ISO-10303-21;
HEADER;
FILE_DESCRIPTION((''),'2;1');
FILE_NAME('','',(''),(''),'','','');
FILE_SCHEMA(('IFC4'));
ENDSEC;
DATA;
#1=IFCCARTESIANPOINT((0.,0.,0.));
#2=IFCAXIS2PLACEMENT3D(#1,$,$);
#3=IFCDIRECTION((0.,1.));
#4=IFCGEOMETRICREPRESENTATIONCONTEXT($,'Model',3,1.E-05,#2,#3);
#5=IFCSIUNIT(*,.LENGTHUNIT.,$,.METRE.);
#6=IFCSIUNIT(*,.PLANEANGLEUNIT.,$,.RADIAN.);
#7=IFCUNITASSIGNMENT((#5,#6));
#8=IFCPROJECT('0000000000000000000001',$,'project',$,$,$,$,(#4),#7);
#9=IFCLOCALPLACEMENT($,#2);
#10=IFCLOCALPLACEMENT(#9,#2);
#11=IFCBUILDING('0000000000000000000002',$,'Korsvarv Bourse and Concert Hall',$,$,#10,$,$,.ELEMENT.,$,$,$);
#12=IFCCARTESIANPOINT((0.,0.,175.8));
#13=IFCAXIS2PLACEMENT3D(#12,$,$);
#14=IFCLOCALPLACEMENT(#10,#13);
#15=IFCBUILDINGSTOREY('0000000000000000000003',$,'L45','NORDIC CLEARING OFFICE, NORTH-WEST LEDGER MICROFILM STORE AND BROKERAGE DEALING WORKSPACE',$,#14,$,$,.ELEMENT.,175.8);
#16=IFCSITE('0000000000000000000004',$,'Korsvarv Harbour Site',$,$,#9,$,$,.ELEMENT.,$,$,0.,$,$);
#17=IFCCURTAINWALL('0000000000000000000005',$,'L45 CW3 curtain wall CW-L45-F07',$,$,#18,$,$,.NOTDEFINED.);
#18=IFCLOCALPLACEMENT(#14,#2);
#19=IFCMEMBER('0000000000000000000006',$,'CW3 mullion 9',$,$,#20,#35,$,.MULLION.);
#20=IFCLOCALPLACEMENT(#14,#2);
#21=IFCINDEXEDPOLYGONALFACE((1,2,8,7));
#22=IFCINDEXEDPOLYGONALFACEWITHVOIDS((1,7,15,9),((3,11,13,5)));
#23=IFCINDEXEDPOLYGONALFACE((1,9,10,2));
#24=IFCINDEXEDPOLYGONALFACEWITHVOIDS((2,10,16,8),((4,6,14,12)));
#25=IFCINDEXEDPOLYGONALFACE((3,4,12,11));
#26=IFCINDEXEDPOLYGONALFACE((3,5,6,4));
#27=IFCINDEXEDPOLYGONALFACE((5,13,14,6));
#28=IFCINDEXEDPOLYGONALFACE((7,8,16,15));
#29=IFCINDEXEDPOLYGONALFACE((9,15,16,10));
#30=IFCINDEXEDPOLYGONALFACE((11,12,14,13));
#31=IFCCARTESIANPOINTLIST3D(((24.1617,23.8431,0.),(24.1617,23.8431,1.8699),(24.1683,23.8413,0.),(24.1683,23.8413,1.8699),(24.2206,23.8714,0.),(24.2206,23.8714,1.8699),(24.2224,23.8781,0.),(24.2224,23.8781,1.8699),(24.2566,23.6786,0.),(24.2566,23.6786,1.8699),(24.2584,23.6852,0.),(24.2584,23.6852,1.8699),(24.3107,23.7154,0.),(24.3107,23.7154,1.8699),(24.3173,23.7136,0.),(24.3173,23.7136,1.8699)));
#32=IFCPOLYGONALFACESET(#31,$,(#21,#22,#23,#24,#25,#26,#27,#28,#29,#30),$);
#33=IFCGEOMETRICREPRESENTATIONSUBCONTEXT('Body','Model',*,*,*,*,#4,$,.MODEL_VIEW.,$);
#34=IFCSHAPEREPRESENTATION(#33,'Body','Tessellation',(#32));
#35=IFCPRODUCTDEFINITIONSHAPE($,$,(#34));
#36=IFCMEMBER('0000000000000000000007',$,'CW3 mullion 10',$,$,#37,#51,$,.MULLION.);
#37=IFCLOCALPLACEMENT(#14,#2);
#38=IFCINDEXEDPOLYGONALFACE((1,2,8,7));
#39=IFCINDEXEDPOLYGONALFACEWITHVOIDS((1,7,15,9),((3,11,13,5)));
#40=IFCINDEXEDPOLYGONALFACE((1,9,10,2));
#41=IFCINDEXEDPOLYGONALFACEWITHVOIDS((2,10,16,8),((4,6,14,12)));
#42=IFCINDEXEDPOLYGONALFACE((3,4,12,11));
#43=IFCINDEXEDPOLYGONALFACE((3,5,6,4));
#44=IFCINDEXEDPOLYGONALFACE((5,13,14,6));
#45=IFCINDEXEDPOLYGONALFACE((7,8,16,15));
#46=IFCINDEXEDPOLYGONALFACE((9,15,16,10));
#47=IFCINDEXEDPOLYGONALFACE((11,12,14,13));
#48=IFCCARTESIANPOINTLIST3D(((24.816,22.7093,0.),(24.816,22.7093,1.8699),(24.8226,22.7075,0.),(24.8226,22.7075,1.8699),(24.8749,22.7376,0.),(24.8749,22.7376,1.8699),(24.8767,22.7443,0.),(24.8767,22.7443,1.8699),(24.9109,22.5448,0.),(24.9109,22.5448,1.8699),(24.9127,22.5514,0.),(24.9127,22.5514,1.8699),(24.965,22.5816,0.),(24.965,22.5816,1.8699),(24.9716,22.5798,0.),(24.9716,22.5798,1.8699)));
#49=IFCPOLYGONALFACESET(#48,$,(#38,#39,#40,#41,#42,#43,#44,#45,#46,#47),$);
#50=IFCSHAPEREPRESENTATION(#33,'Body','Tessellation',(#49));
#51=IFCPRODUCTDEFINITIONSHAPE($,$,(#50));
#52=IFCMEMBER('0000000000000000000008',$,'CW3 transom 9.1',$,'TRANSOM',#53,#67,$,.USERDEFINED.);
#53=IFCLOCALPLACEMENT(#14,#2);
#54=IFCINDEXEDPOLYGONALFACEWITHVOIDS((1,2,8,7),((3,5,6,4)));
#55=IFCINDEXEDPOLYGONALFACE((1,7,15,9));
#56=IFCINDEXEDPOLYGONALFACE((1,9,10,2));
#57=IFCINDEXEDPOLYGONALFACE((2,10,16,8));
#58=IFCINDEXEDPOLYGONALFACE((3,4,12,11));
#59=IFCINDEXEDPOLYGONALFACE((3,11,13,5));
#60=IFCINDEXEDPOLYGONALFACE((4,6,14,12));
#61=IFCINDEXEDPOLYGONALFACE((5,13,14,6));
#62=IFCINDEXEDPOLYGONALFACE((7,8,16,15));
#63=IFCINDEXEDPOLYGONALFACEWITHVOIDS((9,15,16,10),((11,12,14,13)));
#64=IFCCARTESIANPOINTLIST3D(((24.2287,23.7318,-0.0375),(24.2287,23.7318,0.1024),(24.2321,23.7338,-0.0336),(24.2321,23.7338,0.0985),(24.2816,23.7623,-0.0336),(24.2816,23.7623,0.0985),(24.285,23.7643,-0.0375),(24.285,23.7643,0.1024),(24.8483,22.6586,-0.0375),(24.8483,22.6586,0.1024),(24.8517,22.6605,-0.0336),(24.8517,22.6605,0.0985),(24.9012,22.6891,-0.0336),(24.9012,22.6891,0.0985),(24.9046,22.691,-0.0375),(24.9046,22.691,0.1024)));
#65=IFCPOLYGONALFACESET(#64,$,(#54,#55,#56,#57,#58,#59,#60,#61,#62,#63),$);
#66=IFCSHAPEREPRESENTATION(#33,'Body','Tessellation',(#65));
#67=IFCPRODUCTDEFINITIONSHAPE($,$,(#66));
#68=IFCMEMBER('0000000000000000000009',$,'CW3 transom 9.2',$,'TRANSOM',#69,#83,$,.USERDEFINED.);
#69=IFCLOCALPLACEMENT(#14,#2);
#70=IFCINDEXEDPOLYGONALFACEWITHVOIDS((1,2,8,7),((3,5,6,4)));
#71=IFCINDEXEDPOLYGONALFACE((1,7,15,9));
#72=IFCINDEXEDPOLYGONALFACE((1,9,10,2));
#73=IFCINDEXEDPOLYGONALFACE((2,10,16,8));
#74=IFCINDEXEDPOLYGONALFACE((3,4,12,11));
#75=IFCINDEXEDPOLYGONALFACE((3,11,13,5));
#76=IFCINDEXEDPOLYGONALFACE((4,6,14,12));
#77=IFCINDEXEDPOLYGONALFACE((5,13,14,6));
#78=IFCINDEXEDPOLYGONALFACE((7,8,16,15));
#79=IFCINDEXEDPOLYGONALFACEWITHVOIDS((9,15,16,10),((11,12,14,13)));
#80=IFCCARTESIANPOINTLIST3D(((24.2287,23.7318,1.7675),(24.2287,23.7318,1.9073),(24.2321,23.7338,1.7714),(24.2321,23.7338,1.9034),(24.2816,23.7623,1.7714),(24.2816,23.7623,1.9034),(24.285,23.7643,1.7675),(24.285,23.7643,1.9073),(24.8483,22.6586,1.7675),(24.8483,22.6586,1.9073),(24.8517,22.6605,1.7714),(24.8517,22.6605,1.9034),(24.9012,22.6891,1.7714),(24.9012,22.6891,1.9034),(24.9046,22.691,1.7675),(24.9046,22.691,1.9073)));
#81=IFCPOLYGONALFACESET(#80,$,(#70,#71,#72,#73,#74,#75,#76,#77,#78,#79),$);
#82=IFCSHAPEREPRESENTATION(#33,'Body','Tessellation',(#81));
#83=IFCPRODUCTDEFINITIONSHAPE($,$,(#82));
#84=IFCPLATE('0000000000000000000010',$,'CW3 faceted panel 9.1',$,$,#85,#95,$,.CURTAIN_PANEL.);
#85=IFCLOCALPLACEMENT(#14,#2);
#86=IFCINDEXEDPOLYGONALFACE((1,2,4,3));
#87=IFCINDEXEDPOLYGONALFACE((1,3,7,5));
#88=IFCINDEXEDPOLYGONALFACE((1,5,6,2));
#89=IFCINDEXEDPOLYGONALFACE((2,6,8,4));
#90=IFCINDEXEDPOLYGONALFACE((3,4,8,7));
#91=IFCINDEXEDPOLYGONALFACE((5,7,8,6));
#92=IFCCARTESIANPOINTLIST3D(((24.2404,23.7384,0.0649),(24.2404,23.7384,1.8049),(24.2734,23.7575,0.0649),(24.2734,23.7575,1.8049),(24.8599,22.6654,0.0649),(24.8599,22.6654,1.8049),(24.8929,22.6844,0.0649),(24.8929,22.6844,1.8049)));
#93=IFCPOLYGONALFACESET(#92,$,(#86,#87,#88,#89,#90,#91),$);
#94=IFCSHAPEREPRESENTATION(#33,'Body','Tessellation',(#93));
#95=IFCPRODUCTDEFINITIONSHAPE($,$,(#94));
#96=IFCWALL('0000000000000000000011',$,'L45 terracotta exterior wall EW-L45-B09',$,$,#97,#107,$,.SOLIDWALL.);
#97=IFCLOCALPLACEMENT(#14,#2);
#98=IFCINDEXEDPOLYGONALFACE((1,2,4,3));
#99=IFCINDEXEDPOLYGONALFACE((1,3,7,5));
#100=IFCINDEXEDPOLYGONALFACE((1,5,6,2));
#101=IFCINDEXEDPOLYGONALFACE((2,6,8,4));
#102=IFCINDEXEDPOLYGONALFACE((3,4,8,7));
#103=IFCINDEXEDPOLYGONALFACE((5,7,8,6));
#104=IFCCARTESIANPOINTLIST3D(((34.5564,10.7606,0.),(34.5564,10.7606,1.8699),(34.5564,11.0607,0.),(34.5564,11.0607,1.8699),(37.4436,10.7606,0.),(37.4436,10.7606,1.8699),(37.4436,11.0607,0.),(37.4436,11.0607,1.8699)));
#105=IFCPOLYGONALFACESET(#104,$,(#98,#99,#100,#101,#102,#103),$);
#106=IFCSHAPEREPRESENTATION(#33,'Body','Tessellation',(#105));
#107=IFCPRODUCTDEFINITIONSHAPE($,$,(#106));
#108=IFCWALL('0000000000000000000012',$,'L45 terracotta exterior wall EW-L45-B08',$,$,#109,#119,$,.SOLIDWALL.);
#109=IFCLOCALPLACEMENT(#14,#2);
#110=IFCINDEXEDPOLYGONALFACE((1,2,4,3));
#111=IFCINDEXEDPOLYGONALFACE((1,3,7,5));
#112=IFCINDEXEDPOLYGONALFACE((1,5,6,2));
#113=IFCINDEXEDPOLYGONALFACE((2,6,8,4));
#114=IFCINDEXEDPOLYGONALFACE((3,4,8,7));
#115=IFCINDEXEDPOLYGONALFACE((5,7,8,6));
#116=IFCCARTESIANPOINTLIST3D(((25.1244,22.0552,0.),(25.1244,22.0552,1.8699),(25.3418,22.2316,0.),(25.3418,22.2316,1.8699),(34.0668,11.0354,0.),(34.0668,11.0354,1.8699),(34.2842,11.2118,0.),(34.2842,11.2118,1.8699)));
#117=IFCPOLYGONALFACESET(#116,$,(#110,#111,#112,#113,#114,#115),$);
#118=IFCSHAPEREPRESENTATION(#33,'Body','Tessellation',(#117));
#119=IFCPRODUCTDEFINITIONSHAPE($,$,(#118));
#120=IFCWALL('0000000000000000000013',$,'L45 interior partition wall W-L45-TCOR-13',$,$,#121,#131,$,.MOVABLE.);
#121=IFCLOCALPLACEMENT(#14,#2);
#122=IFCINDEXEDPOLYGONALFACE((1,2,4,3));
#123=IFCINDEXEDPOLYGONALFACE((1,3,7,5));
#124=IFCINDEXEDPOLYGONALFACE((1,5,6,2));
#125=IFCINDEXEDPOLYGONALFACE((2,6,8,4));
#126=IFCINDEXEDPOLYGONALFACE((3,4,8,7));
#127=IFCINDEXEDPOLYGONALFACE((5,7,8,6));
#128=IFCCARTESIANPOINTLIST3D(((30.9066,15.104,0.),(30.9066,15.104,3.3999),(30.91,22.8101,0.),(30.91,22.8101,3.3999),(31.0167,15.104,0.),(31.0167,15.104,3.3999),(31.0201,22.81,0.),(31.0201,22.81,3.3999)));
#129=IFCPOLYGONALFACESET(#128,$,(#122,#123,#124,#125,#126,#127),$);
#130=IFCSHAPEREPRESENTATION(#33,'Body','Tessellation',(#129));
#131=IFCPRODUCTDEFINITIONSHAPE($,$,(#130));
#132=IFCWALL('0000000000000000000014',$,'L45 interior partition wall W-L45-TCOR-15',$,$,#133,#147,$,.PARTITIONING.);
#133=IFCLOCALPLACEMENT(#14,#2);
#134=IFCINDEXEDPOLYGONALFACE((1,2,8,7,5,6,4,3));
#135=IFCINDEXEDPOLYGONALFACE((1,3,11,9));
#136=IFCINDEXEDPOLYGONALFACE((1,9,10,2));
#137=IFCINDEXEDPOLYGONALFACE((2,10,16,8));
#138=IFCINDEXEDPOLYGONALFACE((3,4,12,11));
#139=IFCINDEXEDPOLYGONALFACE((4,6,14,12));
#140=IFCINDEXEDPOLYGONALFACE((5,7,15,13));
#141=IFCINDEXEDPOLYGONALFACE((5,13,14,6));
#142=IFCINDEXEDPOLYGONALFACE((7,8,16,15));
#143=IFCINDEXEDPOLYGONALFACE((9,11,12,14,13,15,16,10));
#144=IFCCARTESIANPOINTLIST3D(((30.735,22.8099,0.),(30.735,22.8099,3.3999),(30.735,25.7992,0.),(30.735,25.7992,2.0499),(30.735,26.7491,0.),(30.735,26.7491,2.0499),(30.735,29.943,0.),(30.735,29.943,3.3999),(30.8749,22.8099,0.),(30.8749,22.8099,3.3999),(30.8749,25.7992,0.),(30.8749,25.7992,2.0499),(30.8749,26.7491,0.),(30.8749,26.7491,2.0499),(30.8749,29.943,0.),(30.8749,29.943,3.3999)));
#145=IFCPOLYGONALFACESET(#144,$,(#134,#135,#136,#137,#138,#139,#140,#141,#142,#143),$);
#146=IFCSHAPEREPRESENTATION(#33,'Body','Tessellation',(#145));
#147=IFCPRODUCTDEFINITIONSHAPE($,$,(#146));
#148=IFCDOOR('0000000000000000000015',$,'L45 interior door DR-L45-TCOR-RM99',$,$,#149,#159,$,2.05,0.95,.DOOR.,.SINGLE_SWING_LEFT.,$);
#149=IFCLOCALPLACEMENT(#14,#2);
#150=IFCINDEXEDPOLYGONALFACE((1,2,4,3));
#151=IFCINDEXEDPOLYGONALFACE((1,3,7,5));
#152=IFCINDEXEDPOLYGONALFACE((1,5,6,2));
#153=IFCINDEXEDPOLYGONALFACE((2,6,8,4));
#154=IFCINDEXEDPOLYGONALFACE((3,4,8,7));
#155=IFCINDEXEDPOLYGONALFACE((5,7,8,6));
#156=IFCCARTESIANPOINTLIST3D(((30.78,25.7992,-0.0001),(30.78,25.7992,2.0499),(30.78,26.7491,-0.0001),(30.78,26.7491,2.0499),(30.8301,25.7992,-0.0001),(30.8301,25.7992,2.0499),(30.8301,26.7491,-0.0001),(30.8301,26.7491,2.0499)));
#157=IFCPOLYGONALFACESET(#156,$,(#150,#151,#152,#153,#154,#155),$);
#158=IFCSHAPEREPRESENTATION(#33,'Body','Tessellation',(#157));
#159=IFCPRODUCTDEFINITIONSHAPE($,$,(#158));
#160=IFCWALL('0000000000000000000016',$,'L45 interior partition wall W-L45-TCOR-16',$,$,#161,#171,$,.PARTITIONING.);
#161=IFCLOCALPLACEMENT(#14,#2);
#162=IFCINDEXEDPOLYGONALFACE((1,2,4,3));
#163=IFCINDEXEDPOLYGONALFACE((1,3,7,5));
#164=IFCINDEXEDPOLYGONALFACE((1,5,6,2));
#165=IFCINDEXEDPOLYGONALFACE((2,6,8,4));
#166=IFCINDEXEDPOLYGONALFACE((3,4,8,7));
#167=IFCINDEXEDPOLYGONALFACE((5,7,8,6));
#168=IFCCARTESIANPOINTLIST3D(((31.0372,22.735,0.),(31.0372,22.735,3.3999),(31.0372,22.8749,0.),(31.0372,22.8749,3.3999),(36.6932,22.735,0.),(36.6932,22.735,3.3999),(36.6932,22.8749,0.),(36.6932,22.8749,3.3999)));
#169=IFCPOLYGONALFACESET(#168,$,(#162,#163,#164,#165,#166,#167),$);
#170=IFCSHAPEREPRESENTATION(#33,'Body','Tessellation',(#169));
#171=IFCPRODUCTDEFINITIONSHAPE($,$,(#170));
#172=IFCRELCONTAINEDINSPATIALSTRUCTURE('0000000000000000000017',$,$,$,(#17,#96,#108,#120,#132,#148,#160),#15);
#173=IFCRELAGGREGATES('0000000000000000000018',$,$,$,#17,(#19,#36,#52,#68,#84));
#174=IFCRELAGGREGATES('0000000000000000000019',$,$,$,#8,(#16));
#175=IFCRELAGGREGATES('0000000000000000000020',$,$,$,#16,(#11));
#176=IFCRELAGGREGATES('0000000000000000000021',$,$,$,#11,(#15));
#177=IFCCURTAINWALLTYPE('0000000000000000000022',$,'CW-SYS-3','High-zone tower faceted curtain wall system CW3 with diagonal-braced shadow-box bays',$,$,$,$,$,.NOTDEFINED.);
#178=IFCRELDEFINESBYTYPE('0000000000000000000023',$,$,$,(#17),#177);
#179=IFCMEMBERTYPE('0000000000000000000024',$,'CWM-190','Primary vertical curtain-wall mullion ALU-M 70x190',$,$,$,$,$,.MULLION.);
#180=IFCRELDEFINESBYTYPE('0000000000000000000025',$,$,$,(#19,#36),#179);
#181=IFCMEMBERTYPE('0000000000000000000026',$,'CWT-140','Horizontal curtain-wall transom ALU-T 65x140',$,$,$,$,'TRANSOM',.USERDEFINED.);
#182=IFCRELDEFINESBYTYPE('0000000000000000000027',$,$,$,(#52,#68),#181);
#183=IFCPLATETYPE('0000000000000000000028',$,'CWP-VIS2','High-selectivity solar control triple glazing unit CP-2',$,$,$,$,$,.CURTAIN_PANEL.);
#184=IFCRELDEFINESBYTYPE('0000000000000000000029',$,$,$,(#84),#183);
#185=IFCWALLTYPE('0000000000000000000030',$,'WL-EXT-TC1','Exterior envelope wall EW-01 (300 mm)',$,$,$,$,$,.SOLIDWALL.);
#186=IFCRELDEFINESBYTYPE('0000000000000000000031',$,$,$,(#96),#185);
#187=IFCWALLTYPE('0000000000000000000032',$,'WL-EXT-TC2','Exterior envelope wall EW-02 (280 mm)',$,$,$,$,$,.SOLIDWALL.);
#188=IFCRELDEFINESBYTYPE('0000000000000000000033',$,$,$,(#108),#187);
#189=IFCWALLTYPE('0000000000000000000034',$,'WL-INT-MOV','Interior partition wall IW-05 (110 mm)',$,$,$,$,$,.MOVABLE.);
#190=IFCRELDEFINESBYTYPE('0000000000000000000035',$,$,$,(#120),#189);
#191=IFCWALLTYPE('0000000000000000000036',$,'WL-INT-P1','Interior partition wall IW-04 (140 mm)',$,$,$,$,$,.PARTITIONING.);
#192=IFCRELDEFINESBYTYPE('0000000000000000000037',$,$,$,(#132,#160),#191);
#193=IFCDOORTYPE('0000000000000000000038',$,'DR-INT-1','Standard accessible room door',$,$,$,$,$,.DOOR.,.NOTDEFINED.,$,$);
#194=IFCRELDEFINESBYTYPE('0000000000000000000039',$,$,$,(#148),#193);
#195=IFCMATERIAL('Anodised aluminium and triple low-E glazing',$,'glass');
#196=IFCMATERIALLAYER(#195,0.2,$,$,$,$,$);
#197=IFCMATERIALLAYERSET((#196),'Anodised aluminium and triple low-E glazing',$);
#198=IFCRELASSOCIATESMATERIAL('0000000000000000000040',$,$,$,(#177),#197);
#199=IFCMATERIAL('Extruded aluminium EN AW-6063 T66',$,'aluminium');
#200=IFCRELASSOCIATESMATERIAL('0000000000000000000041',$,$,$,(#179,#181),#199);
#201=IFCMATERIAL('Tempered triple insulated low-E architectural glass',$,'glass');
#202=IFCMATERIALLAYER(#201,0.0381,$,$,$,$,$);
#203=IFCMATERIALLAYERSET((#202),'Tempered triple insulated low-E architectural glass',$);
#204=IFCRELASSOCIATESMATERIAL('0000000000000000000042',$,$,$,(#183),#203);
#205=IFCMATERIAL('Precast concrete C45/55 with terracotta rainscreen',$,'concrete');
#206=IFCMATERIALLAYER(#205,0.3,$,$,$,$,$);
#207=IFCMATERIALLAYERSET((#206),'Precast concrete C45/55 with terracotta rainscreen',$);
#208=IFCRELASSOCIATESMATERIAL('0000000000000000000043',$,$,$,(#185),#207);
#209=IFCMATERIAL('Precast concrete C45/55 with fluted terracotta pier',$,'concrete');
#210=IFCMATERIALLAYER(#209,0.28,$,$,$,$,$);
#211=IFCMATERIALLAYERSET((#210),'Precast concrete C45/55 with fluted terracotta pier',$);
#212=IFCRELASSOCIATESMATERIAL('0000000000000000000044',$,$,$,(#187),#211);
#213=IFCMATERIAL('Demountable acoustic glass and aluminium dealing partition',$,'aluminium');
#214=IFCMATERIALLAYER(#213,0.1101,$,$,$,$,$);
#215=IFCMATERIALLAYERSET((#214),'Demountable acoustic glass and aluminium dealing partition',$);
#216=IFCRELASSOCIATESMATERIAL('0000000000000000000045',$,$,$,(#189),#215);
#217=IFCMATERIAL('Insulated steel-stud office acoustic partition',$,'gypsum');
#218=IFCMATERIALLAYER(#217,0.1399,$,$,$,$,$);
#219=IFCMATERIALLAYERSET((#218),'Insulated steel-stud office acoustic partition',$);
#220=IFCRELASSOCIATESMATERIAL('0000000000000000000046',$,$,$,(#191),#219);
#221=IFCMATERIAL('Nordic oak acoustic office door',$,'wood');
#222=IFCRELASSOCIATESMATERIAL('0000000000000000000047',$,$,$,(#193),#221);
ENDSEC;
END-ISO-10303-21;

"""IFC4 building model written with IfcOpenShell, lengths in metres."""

from ifc_helpers import new_model, si_unit, direction, frame, frame_2d, origin, origin_2d, place, context, subcontext, project, spatial, rectangle, hollow_rectangle, extrude, source, transform, mapped, material, layer, layer_set, material_profile, profile_set, type_object, element, fill, aggregate, save


model = new_model("IFC4")

# Units and contexts
model_context = context("Model", 3, precision=1e-05, world=origin(), true_north=direction((0.0, 1.0)))
body_context = subcontext(model_context, "Body", "Model", "MODEL_VIEW")
ifc_project = project(units=[si_unit("LENGTHUNIT", "METRE"), si_unit("PLANEANGLEUNIT", "RADIAN")], contexts=[model_context])

# Site, building, storey
site_placement = place(None, origin())
site = spatial("IfcSite", under=ifc_project, at=site_placement, Name="Korsvarv Harbour Site", CompositionType="ELEMENT", RefElevation=0.0)
building_placement = place(site_placement, origin())
building = spatial("IfcBuilding", under=site, at=building_placement, Name="Korsvarv Bourse and Concert Hall", CompositionType="ELEMENT")
storey_placement = place(building_placement, frame((0.0, 0.0, 175.8)))
storey = spatial("IfcBuildingStorey", under=building, at=storey_placement, Name="L45", Description="NORDIC CLEARING OFFICE, NORTH-WEST LEDGER MICROFILM STORE AND BROKERAGE DEALING WORKSPACE", CompositionType="ELEMENT", Elevation=175.8)

# Curtain wall, members, plate
ifc_material_1 = material(Name="Anodised aluminium and triple low-E glazing", Category="glass")
ifc_layer_1 = layer(ifc_material_1, 0.2)
ifc_layer_set_1 = layer_set([ifc_layer_1], Name="Anodised aluminium and triple low-E glazing")
curtain_wall_type = type_object("IfcCurtainWallType", Name="CW-SYS-3", Description="High-zone tower faceted curtain wall system CW3 with diagonal-braced shadow-box bays", PredefinedType="NOTDEFINED", material=ifc_layer_set_1)
curtain_wall_placement = place(storey_placement, origin())
curtain_wall = element("IfcCurtainWall", 1, at=curtain_wall_placement, inside=storey, type_object=curtain_wall_type, Name="L45 CW3 curtain wall CW-L45-F07", PredefinedType="NOTDEFINED")
ifc_material_2 = material(Name="Extruded aluminium EN AW-6063 T66", Category="aluminium")
ifc_material_profile_1 = material_profile(ifc_material_2, hollow_rectangle(XDim=0.0701, YDim=0.1899, WallThickness=0.0049, at=origin_2d()), Name="ALU-M 70x190")
ifc_profile_set_1 = profile_set([ifc_material_profile_1], Name="Extruded aluminium EN AW-6063 T66")
member_type_1 = type_object("IfcMemberType", Name="CWM-190", Description="Primary vertical curtain-wall mullion ALU-M 70x190", PredefinedType="MULLION", material=ifc_profile_set_1)
shared_shape_1 = source(origin(), body_context, "Body", "SweptSolid", [
    extrude(hollow_rectangle(XDim=0.0701, YDim=0.1899, WallThickness=0.0049, at=origin_2d()), origin(), (0.0, 0.0, 1.0), 1.8699),
])
member_1_placement = place(storey_placement, frame((24.2395, 23.7783, 0.0), z_axis=(0.0, 0.0, 1.0), x_axis=(0.866029, 0.499994, 0.0)))
member_1 = element("IfcMember", 2, at=member_1_placement, type_object=member_type_1, Name="CW3 mullion 9", PredefinedType="MULLION", context=body_context, shape_type="MappedRepresentation", body=[
    mapped(shared_shape_1, transform((0.0, 0.0, 0.0), scale=1.0)),
])
member_2_placement = place(storey_placement, frame((24.8938, 22.6445, 0.0), z_axis=(0.0, 0.0, 1.0), x_axis=(0.866029, 0.499994, 0.0)))
member_2 = element("IfcMember", 3, at=member_2_placement, type_object=member_type_1, Name="CW3 mullion 10", PredefinedType="MULLION", context=body_context, shape_type="MappedRepresentation", body=[
    mapped(shared_shape_1, transform((0.0, 0.0, 0.0), scale=1.0)),
])
ifc_material_profile_2 = material_profile(ifc_material_2, hollow_rectangle(XDim=0.0649, YDim=0.1399, WallThickness=0.0039, at=origin_2d()), Name="ALU-T 65x140")
ifc_profile_set_2 = profile_set([ifc_material_profile_2], Name="Extruded aluminium EN AW-6063 T66")
member_type_2 = type_object("IfcMemberType", Name="CWT-140", Description="Horizontal curtain-wall transom ALU-T 65x140", ElementType="TRANSOM", PredefinedType="USERDEFINED", material=ifc_profile_set_2)
shared_shape_2 = source(origin(), body_context, "Body", "SweptSolid", [
    extrude(hollow_rectangle(XDim=0.0649, YDim=0.1399, WallThickness=0.0039, at=origin_2d()), origin(), (0.0, 0.0, 1.0), 1.2393),
])
member_3_placement = place(storey_placement, frame((24.2568, 23.748, 0.0325), z_axis=(0.499995, -0.866028, 0.0), x_axis=(0.866028, 0.499995, 0.0)))
member_3 = element("IfcMember", 4, at=member_3_placement, type_object=member_type_2, Name="CW3 transom 9.1", ObjectType="TRANSOM", PredefinedType="USERDEFINED", context=body_context, shape_type="MappedRepresentation", body=[
    mapped(shared_shape_2, transform((0.0, 0.0, 0.0), scale=1.0)),
])
member_4_placement = place(storey_placement, frame((24.2568, 23.748, 1.8374), z_axis=(0.499995, -0.866028, 0.0), x_axis=(0.866028, 0.499995, 0.0)))
member_4 = element("IfcMember", 5, at=member_4_placement, type_object=member_type_2, Name="CW3 transom 9.2", ObjectType="TRANSOM", PredefinedType="USERDEFINED", context=body_context, shape_type="MappedRepresentation", body=[
    mapped(shared_shape_2, transform((0.0, 0.0, 0.0), scale=1.0)),
])
ifc_material_3 = material(Name="Tempered triple insulated low-E architectural glass", Category="glass")
ifc_layer_2 = layer(ifc_material_3, 0.0381)
ifc_layer_set_2 = layer_set([ifc_layer_2], Name="Tempered triple insulated low-E architectural glass")
plate_type = type_object("IfcPlateType", Name="CWP-VIS2", Description="High-selectivity solar control triple glazing unit CP-2", PredefinedType="CURTAIN_PANEL", material=ifc_layer_set_2)
shared_shape_3 = source(origin(), body_context, "Body", "SweptSolid", [
    extrude(rectangle(XDim=1.239, YDim=0.0381, at=origin_2d()), origin(), (0.0, 0.0, 1.0), 1.74),
])
plate_placement = place(storey_placement, frame((24.5667, 23.2114, 0.0649), z_axis=(0.0, 0.0, 1.0), x_axis=(0.499994, -0.866029, 0.0)))
plate = element("IfcPlate", 6, at=plate_placement, type_object=plate_type, Name="CW3 faceted panel 9.1", PredefinedType="CURTAIN_PANEL", context=body_context, shape_type="MappedRepresentation", body=[
    mapped(shared_shape_3, transform((0.0, 0.0, 0.0), scale=1.0)),
])
aggregate(curtain_wall, [member_1, member_2, member_3, member_4, plate])

# Walls
ifc_material_4 = material(Name="Precast concrete C45/55 with terracotta rainscreen", Category="concrete")
ifc_layer_3 = layer(ifc_material_4, 0.3)
ifc_layer_set_3 = layer_set([ifc_layer_3], Name="Precast concrete C45/55 with terracotta rainscreen")
wall_type_1 = type_object("IfcWallType", Name="WL-EXT-TC1", Description="Exterior envelope wall EW-01 (300 mm)", PredefinedType="SOLIDWALL", material=ifc_layer_set_3)
wall_1_placement = place(storey_placement, frame((34.5564, 10.9106, 0.0), z_axis=(0.0, 0.0, 1.0), x_axis=(1.0, 0.0, 0.0)))
element("IfcWall", 7, at=wall_1_placement, inside=storey, type_object=wall_type_1, Name="L45 terracotta exterior wall EW-L45-B09", PredefinedType="SOLIDWALL", context=body_context, shape_type="SweptSolid", body=[
    extrude(rectangle(XDim=2.8872, YDim=0.3, at=frame_2d((1.4436, 0.0))), origin(), (0.0, 0.0, 1.0), 1.8699),
])
ifc_material_5 = material(Name="Precast concrete C45/55 with fluted terracotta pier", Category="concrete")
ifc_layer_4 = layer(ifc_material_5, 0.28)
ifc_layer_set_4 = layer_set([ifc_layer_4], Name="Precast concrete C45/55 with fluted terracotta pier")
wall_type_2 = type_object("IfcWallType", Name="WL-EXT-TC2", Description="Exterior envelope wall EW-02 (280 mm)", PredefinedType="SOLIDWALL", material=ifc_layer_set_4)
wall_2_placement = place(storey_placement, frame((25.2332, 22.1433, 0.0), z_axis=(0.0, 0.0, 1.0), x_axis=(0.630118, -0.7765, 0.0)))
element("IfcWall", 8, at=wall_2_placement, inside=storey, type_object=wall_type_2, Name="L45 terracotta exterior wall EW-L45-B08", PredefinedType="SOLIDWALL", context=body_context, shape_type="SweptSolid", body=[
    extrude(rectangle(XDim=14.1917, YDim=0.28, at=frame_2d((7.0957, 0.0))), origin(), (0.0, 0.0, 1.0), 1.8699),
])
ifc_material_6 = material(Name="Demountable acoustic glass and aluminium dealing partition", Category="aluminium")
ifc_layer_5 = layer(ifc_material_6, 0.1101)
ifc_layer_set_5 = layer_set([ifc_layer_5], Name="Demountable acoustic glass and aluminium dealing partition")
wall_type_3 = type_object("IfcWallType", Name="WL-INT-MOV", Description="Interior partition wall IW-05 (110 mm)", PredefinedType="MOVABLE", material=ifc_layer_set_5)
wall_3_placement = place(storey_placement, frame((30.9617, 15.104, 0.0), z_axis=(0.0, 0.0, 1.0), x_axis=(0.000444, 1.0, 0.0)))
element("IfcWall", 9, at=wall_3_placement, inside=storey, type_object=wall_type_3, Name="L45 interior partition wall W-L45-TCOR-13", PredefinedType="MOVABLE", context=body_context, shape_type="SweptSolid", body=[
    extrude(rectangle(XDim=7.7061, YDim=0.1101, at=frame_2d((3.853, 0.0))), origin(), (0.0, 0.0, 1.0), 3.3999),
])

# Wall, opening, door
ifc_material_7 = material(Name="Insulated steel-stud office acoustic partition", Category="gypsum")
ifc_layer_6 = layer(ifc_material_7, 0.1399)
ifc_layer_set_6 = layer_set([ifc_layer_6], Name="Insulated steel-stud office acoustic partition")
wall_type_4 = type_object("IfcWallType", Name="WL-INT-P1", Description="Interior partition wall IW-04 (140 mm)", PredefinedType="PARTITIONING", material=ifc_layer_set_6)
wall_4_placement = place(storey_placement, frame((30.8049, 22.8101, 0.0), z_axis=(0.0, 0.0, 1.0), x_axis=(0.0, 1.0, 0.0)))
wall_4 = element("IfcWall", 10, at=wall_4_placement, inside=storey, type_object=wall_type_4, Name="L45 interior partition wall W-L45-TCOR-15", PredefinedType="PARTITIONING", context=body_context, shape_type="SweptSolid", body=[
    extrude(rectangle(XDim=7.1331, YDim=0.1399, at=frame_2d((3.5664, 0.0))), origin(), (0.0, 0.0, 1.0), 3.3999),
])
opening_placement = place(wall_4_placement, frame((2.989, 0.0, 0.0)))
opening = element("IfcOpeningElement", 11, at=opening_placement, cuts=wall_4, PredefinedType="OPENING", context=body_context, shape_type="SweptSolid", body=[
    extrude(rectangle(XDim=0.95, YDim=2.05, at=frame_2d((0.4751, 1.0249))), frame((0.0, 0.0801, 0.0), z_axis=(0.0, -1.0, 0.0), x_axis=(1.0, 0.0, 0.0)), (0.0, 0.0, 1.0), 0.1599),
])
ifc_material_8 = material(Name="Nordic oak acoustic office door", Category="wood")
door_type = type_object("IfcDoorType", Name="DR-INT-1", Description="Standard accessible room door", OperationType="NOTDEFINED", PredefinedType="DOOR", material=ifc_material_8)
door_placement = place(opening_placement, origin())
door = element("IfcDoor", 12, at=door_placement, inside=storey, type_object=door_type, Name="L45 interior door DR-L45-TCOR-RM99", OperationType="SINGLE_SWING_LEFT", OverallHeight=2.05, OverallWidth=0.95, PredefinedType="DOOR", context=body_context, shape_type="SweptSolid", body=[
    extrude(rectangle(XDim=0.95, YDim=2.05, at=frame_2d((0.4751, 1.0249))), frame((0.0, 0.0249, 0.0), z_axis=(0.0, -1.0, 0.0), x_axis=(1.0, 0.0, 0.0)), (0.0, 0.0, 1.0), 0.05),
])
fill(opening, door)

# Wall
wall_5_placement = place(storey_placement, frame((31.0371, 22.8049, 0.0), z_axis=(0.0, 0.0, 1.0), x_axis=(1.0, 0.0, 0.0)))
element("IfcWall", 13, at=wall_5_placement, inside=storey, type_object=wall_type_4, Name="L45 interior partition wall W-L45-TCOR-16", PredefinedType="PARTITIONING", context=body_context, shape_type="SweptSolid", body=[
    extrude(rectangle(XDim=5.656, YDim=0.1399, at=frame_2d((2.8281, 0.0))), origin(), (0.0, 0.0, 1.0), 3.3999),
])

save(model, "model.ifc")
